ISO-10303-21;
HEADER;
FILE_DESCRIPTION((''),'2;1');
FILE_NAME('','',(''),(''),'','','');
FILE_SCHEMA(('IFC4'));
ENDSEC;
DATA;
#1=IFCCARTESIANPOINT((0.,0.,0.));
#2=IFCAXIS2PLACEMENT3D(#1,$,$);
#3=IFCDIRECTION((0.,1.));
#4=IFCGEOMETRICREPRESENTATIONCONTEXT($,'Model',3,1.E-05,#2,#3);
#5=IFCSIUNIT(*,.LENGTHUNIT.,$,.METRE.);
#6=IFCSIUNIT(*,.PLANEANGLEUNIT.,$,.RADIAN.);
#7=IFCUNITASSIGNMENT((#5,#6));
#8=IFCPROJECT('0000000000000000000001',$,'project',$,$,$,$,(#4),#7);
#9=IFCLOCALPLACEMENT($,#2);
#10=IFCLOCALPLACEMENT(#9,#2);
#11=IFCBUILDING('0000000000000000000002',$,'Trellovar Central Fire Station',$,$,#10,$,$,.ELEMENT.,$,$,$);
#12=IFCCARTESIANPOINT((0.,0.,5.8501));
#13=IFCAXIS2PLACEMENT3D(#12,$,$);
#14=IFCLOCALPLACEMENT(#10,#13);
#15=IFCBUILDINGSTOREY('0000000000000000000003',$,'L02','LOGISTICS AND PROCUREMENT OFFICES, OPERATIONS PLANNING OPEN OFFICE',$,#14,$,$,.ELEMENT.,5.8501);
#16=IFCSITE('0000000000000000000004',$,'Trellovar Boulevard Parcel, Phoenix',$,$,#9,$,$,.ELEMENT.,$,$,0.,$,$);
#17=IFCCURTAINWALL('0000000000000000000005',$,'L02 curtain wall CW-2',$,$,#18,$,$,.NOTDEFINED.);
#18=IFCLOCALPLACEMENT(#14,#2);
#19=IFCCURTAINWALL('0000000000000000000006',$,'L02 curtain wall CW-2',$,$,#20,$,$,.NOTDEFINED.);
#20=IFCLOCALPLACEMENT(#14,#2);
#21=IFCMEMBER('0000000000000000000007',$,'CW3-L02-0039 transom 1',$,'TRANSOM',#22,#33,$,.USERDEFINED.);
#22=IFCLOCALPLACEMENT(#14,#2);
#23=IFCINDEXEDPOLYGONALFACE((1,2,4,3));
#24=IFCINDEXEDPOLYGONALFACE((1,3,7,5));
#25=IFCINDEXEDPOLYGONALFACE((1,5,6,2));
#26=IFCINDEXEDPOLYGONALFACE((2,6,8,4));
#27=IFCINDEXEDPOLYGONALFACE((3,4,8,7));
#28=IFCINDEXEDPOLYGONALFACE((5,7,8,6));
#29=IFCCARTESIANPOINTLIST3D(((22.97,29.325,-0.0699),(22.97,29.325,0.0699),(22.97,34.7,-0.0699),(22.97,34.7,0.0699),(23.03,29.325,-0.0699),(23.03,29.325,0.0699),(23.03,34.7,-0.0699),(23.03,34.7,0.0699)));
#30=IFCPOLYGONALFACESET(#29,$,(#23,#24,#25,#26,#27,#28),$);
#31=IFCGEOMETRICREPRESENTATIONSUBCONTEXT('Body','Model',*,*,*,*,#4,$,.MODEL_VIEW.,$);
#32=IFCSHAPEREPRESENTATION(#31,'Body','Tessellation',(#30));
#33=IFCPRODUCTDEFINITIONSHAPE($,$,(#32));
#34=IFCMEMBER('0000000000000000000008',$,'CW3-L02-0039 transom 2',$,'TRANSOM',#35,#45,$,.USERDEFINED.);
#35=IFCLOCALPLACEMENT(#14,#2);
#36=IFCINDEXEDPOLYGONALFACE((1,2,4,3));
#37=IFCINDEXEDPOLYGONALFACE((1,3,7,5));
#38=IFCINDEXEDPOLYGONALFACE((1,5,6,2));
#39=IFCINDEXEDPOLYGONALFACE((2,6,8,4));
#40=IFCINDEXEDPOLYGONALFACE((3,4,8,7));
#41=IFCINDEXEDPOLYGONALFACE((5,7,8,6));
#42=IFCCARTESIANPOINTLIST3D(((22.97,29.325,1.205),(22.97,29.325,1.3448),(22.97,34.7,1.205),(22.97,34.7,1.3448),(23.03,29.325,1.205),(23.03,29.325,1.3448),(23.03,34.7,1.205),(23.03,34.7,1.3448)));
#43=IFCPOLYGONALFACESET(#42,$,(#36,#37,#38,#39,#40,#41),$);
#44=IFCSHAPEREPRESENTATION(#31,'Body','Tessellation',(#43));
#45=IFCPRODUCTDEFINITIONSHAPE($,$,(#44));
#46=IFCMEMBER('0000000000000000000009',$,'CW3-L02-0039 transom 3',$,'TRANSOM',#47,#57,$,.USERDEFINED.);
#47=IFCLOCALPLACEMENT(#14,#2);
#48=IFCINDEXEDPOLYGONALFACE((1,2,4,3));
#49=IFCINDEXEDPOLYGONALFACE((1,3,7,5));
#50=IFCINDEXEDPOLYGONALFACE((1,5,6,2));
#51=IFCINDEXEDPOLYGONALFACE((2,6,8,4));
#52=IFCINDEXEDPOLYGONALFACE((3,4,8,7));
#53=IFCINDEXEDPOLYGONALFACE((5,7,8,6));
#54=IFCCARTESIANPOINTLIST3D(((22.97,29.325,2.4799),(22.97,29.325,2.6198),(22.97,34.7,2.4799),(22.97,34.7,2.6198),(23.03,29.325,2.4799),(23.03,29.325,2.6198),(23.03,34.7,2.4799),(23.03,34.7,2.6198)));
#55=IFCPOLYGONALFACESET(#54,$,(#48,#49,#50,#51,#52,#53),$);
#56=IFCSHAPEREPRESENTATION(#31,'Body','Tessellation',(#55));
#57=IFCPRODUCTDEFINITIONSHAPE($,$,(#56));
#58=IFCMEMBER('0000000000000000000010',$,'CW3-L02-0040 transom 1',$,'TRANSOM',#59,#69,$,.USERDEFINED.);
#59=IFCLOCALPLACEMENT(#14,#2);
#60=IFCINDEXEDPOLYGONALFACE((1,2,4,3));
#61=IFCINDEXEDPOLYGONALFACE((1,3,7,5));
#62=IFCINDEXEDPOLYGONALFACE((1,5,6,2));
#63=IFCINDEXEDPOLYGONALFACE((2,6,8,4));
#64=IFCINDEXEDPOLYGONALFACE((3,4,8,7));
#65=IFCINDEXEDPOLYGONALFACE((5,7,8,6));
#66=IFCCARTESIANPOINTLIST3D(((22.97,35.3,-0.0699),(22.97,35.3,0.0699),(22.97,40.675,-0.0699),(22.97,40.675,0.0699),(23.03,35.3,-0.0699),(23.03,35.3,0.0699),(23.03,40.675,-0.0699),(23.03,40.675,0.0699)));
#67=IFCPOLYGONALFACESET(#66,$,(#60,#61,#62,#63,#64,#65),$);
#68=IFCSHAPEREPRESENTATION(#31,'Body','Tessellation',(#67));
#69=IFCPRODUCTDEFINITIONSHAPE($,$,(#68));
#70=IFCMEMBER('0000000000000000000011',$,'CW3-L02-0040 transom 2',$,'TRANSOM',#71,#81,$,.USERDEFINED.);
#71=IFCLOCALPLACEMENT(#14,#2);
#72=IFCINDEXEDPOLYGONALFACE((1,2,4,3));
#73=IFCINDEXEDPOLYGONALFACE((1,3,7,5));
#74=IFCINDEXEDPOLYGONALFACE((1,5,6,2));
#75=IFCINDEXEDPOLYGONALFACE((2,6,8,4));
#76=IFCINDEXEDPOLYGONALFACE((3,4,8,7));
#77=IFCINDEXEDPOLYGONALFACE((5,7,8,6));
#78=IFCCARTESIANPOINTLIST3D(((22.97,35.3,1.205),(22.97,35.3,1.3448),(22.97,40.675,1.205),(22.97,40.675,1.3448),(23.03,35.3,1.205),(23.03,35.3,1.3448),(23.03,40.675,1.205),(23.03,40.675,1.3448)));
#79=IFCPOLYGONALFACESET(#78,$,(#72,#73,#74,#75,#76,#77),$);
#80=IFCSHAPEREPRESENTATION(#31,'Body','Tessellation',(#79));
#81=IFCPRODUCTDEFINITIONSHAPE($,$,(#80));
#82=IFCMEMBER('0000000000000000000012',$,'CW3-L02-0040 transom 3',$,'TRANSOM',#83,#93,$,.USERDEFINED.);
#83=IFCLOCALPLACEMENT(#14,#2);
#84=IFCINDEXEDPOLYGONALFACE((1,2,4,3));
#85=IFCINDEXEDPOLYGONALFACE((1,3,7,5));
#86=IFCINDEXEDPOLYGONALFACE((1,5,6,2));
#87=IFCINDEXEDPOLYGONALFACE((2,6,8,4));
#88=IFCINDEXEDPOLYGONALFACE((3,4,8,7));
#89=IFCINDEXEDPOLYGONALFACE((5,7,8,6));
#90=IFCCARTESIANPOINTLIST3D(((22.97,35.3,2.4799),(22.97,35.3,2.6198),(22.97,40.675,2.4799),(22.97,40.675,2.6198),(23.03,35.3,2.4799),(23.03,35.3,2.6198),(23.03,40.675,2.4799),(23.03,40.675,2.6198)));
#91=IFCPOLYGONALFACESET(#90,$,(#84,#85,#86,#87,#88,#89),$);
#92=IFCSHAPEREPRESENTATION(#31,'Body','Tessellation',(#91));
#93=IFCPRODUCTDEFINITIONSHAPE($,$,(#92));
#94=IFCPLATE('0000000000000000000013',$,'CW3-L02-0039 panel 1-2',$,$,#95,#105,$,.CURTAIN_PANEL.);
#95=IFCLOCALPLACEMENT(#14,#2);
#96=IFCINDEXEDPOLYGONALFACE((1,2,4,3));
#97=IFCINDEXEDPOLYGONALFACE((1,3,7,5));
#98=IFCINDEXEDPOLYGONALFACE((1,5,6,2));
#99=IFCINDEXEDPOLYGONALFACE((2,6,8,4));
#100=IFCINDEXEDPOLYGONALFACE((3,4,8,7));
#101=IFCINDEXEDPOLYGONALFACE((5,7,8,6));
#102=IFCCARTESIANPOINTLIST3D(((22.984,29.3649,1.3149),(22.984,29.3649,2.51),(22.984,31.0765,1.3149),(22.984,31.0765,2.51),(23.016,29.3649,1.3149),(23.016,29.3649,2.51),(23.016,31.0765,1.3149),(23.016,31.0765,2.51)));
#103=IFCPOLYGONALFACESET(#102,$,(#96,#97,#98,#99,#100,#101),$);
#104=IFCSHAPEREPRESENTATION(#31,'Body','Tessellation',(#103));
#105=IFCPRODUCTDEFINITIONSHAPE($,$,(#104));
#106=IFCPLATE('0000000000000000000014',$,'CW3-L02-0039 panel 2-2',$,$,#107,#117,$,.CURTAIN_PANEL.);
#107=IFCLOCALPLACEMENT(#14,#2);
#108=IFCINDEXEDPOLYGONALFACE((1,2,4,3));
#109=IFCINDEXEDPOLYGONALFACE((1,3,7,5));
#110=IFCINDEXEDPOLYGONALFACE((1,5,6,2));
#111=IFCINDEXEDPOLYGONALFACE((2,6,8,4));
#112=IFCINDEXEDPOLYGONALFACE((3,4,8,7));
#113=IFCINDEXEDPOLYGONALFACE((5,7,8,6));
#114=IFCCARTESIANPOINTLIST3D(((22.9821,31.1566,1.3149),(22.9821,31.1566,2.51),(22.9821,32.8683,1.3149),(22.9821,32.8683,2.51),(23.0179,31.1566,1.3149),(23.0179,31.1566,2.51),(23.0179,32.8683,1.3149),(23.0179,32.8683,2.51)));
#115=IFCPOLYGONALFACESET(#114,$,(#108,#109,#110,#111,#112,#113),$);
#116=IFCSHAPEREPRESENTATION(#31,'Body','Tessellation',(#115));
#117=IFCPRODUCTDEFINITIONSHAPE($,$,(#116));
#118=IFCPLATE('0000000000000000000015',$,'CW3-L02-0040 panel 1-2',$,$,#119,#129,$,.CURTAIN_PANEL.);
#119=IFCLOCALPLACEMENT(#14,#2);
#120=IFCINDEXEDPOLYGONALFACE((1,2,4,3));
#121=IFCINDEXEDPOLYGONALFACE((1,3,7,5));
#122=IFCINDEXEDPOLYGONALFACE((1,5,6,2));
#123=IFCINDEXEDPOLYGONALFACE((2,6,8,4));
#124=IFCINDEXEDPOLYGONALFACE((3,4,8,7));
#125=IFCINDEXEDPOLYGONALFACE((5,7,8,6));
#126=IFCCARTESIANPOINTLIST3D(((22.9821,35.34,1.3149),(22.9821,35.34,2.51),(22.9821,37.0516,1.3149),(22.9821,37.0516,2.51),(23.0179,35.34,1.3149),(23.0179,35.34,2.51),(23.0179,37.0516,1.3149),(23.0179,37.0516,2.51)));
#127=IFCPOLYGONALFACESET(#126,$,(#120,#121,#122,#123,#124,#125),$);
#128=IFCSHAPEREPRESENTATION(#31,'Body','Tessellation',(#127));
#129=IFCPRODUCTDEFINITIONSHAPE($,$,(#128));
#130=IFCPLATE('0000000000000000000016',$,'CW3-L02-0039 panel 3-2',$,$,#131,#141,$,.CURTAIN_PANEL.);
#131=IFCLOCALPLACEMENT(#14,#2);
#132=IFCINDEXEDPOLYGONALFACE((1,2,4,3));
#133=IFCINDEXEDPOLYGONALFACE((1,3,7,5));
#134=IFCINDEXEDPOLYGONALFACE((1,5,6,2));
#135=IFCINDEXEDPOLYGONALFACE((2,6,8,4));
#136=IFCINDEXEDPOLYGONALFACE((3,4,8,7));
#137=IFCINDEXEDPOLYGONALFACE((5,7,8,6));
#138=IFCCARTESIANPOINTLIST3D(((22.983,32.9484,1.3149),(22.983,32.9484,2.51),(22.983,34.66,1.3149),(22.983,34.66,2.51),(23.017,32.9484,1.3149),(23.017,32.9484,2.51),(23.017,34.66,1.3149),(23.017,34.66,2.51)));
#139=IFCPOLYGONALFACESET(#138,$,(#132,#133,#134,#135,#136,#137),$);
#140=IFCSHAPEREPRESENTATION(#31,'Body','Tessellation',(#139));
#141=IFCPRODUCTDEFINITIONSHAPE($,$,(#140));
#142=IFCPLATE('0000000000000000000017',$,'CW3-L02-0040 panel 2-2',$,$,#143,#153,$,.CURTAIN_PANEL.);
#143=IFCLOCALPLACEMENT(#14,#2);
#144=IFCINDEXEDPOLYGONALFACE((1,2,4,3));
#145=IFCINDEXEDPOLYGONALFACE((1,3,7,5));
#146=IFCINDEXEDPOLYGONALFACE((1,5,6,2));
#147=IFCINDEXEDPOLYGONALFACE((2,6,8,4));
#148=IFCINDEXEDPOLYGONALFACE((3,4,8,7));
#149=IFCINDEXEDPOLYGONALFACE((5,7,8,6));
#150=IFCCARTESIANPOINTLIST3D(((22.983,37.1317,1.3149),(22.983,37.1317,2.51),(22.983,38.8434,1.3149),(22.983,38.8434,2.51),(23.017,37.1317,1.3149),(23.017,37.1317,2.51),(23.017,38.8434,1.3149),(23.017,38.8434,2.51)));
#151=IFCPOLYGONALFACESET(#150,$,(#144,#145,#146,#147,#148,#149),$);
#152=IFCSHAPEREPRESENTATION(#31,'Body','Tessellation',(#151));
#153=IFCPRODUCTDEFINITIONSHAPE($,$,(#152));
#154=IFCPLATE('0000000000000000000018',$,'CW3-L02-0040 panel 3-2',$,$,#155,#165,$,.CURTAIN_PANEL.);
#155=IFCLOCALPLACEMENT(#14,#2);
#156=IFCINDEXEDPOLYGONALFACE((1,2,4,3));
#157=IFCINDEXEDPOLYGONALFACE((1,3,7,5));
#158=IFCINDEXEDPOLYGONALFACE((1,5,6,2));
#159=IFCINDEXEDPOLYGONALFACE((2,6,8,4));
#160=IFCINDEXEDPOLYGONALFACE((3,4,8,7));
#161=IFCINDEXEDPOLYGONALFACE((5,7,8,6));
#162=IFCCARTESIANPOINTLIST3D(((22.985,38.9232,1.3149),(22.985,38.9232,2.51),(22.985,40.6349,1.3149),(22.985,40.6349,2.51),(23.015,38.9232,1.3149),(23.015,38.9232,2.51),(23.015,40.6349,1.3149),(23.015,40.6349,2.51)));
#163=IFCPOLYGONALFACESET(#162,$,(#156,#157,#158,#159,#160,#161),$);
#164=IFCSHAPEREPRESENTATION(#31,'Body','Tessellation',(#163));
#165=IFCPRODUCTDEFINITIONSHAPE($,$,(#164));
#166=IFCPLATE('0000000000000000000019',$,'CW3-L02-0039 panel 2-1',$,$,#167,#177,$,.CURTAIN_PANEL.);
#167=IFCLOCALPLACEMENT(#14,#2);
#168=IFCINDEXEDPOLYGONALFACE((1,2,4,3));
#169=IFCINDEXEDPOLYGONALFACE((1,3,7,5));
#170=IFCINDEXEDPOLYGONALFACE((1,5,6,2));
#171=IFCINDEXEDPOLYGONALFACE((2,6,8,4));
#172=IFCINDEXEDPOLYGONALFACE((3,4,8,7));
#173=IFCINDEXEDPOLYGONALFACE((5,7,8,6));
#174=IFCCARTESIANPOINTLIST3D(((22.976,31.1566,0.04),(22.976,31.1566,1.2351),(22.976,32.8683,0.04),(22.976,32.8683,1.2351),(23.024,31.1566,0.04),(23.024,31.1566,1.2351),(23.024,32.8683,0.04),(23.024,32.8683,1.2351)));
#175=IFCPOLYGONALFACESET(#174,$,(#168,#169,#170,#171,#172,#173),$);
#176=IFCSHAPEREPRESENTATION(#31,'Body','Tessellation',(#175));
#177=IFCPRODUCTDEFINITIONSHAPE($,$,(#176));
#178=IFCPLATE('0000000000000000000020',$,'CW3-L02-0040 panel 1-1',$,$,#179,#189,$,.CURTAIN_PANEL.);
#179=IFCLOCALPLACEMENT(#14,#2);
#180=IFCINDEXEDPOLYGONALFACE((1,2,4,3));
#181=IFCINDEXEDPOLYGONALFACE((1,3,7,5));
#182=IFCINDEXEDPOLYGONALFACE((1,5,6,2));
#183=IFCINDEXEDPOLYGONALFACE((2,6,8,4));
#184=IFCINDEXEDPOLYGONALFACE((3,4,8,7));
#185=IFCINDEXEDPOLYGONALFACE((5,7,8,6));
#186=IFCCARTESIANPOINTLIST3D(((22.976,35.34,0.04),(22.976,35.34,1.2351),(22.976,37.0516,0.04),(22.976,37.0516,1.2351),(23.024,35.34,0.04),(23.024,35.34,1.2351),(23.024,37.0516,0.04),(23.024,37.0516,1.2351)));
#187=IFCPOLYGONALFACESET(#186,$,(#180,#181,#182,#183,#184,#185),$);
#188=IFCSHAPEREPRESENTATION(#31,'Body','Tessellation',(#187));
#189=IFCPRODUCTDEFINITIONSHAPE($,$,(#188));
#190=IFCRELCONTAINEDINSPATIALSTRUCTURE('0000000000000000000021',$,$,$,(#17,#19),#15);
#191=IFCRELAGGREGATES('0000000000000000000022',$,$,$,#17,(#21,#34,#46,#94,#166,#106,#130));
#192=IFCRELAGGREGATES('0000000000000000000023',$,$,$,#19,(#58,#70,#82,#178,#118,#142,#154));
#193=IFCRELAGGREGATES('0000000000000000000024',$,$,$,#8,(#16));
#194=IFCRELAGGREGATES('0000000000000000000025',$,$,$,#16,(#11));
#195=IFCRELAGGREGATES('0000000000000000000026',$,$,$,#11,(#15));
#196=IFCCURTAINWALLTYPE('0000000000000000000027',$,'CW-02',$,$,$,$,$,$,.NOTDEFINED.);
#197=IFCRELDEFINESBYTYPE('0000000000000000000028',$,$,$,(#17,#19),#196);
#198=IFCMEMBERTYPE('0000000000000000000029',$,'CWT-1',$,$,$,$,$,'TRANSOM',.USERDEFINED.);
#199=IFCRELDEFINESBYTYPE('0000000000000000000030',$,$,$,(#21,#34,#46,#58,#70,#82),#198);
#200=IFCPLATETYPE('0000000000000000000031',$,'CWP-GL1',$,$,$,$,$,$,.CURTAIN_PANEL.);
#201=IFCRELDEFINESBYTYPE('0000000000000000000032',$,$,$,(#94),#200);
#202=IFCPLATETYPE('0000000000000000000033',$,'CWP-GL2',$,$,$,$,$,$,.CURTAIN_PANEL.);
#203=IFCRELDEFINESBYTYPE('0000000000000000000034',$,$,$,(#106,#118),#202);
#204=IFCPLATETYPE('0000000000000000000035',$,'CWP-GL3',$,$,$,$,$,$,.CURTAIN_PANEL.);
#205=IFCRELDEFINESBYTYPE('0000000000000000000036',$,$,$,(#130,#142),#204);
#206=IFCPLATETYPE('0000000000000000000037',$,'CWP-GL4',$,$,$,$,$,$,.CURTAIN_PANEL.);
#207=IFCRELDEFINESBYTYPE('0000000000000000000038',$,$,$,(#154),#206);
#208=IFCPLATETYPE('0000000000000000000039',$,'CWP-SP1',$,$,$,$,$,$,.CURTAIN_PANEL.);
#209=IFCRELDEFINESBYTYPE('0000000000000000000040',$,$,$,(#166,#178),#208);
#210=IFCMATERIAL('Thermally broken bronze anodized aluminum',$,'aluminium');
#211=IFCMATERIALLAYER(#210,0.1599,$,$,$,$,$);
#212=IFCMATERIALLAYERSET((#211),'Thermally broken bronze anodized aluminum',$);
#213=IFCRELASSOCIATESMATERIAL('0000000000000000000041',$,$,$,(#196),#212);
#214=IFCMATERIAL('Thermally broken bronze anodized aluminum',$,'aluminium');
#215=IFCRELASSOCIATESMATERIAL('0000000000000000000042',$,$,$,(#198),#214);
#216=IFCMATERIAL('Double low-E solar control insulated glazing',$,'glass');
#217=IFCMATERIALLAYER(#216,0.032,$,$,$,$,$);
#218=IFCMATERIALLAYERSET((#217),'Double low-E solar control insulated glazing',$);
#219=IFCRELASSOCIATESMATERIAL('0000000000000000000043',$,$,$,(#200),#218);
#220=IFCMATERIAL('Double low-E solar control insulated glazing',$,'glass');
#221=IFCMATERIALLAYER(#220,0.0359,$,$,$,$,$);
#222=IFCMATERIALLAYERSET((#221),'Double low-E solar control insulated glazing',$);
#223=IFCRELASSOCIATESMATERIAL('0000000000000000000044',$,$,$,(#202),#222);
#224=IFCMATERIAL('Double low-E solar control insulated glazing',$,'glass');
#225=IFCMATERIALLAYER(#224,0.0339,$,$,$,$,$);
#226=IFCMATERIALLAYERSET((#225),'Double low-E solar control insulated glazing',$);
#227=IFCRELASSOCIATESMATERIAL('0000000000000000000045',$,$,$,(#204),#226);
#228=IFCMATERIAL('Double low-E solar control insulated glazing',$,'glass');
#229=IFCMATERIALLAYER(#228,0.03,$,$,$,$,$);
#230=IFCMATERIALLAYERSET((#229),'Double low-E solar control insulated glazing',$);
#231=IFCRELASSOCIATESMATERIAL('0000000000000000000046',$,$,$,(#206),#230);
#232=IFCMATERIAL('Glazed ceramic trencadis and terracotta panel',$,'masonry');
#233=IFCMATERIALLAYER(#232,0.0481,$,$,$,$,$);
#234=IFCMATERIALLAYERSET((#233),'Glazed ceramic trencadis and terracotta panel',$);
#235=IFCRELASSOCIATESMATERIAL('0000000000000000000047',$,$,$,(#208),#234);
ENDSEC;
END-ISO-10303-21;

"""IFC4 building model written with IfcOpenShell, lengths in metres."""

from ifc_helpers import new_model, si_unit, direction, frame, origin, origin_2d, place, context, subcontext, project, spatial, rectangle, extrude, material, layer, layer_set, material_profile, profile_set, type_object, element, aggregate, save


model = new_model("IFC4")

# Units and contexts
model_context = context("Model", 3, precision=1e-05, world=origin(), true_north=direction((0.0, 1.0)))
body_context = subcontext(model_context, "Body", "Model", "MODEL_VIEW")
ifc_project = project(units=[si_unit("LENGTHUNIT", "METRE"), si_unit("PLANEANGLEUNIT", "RADIAN")], contexts=[model_context])

# Site, building, storey
site_placement = place(None, origin())
site = spatial("IfcSite", under=ifc_project, at=site_placement, Name="Trellovar Boulevard Parcel, Phoenix", CompositionType="ELEMENT", RefElevation=0.0)
building_placement = place(site_placement, origin())
building = spatial("IfcBuilding", under=site, at=building_placement, Name="Trellovar Central Fire Station", CompositionType="ELEMENT")
storey_placement = place(building_placement, frame((0.0, 0.0, 5.8501)))
storey = spatial("IfcBuildingStorey", under=building, at=storey_placement, Name="L02", Description="LOGISTICS AND PROCUREMENT OFFICES, OPERATIONS PLANNING OPEN OFFICE", CompositionType="ELEMENT", Elevation=5.8501)

# Curtain walls
ifc_material_1 = material(Name="Thermally broken bronze anodized aluminum", Category="aluminium")
ifc_layer_1 = layer(ifc_material_1, 0.1599)
ifc_layer_set_1 = layer_set([ifc_layer_1], Name="Thermally broken bronze anodized aluminum")
curtain_wall_type = type_object("IfcCurtainWallType", Name="CW-02", PredefinedType="NOTDEFINED", material=ifc_layer_set_1)
curtain_wall_1_placement = place(storey_placement, origin())
curtain_wall_1 = element("IfcCurtainWall", 1, at=curtain_wall_1_placement, inside=storey, type_object=curtain_wall_type, Name="L02 curtain wall CW-2", PredefinedType="NOTDEFINED")
curtain_wall_2_placement = place(storey_placement, origin())
curtain_wall_2 = element("IfcCurtainWall", 2, at=curtain_wall_2_placement, inside=storey, type_object=curtain_wall_type, Name="L02 curtain wall CW-2", PredefinedType="NOTDEFINED")

# Members
ifc_material_2 = material(Name="Thermally broken bronze anodized aluminum", Category="aluminium")
ifc_material_profile_1 = material_profile(ifc_material_2, rectangle(XDim=0.0601, YDim=0.1399, at=origin_2d()), Name="ALU60X140")
ifc_profile_set_1 = profile_set([ifc_material_profile_1], Name="Thermally broken bronze anodized aluminum")
member_type_1 = type_object("IfcMemberType", Name="CWT-1", ElementType="TRANSOM", PredefinedType="USERDEFINED", material=ifc_profile_set_1)
member_1_placement = place(storey_placement, frame((23.0, 29.325, 0.0), z_axis=(0.0, 1.0, 0.0), x_axis=(-1.0, 0.0, 0.0)))
member_1 = element("IfcMember", 3, at=member_1_placement, type_object=member_type_1, Name="CW3-L02-0039 transom 1", ObjectType="TRANSOM", PredefinedType="USERDEFINED", context=body_context, shape_type="SweptSolid", body=[
    extrude(rectangle(XDim=0.0601, YDim=0.1399, at=origin_2d()), origin(), (0.0, 0.0, 1.0), 5.375),
])
member_2_placement = place(storey_placement, frame((23.0, 29.325, 1.2749), z_axis=(0.0, 1.0, 0.0), x_axis=(-1.0, 0.0, 0.0)))
member_2 = element("IfcMember", 4, at=member_2_placement, type_object=member_type_1, Name="CW3-L02-0039 transom 2", ObjectType="TRANSOM", PredefinedType="USERDEFINED", context=body_context, shape_type="SweptSolid", body=[
    extrude(rectangle(XDim=0.0601, YDim=0.1399, at=origin_2d()), origin(), (0.0, 0.0, 1.0), 5.375),
])
member_3_placement = place(storey_placement, frame((23.0, 29.325, 2.5498), z_axis=(0.0, 1.0, 0.0), x_axis=(-1.0, 0.0, 0.0)))
member_3 = element("IfcMember", 5, at=member_3_placement, type_object=member_type_1, Name="CW3-L02-0039 transom 3", ObjectType="TRANSOM", PredefinedType="USERDEFINED", context=body_context, shape_type="SweptSolid", body=[
    extrude(rectangle(XDim=0.0601, YDim=0.1399, at=origin_2d()), origin(), (0.0, 0.0, 1.0), 5.375),
])
member_4_placement = place(storey_placement, frame((23.0, 35.3, 0.0), z_axis=(0.0, 1.0, 0.0), x_axis=(-1.0, 0.0, 0.0)))
member_4 = element("IfcMember", 6, at=member_4_placement, type_object=member_type_1, Name="CW3-L02-0040 transom 1", ObjectType="TRANSOM", PredefinedType="USERDEFINED", context=body_context, shape_type="SweptSolid", body=[
    extrude(rectangle(XDim=0.0601, YDim=0.1399, at=origin_2d()), origin(), (0.0, 0.0, 1.0), 5.375),
])
member_5_placement = place(storey_placement, frame((23.0, 35.3, 1.2749), z_axis=(0.0, 1.0, 0.0), x_axis=(-1.0, 0.0, 0.0)))
member_5 = element("IfcMember", 7, at=member_5_placement, type_object=member_type_1, Name="CW3-L02-0040 transom 2", ObjectType="TRANSOM", PredefinedType="USERDEFINED", context=body_context, shape_type="SweptSolid", body=[
    extrude(rectangle(XDim=0.0601, YDim=0.1399, at=origin_2d()), origin(), (0.0, 0.0, 1.0), 5.375),
])
member_6_placement = place(storey_placement, frame((23.0, 35.3, 2.5498), z_axis=(0.0, 1.0, 0.0), x_axis=(-1.0, 0.0, 0.0)))
member_6 = element("IfcMember", 8, at=member_6_placement, type_object=member_type_1, Name="CW3-L02-0040 transom 3", ObjectType="TRANSOM", PredefinedType="USERDEFINED", context=body_context, shape_type="SweptSolid", body=[
    extrude(rectangle(XDim=0.0601, YDim=0.1399, at=origin_2d()), origin(), (0.0, 0.0, 1.0), 5.375),
])

# Plates
ifc_material_3 = material(Name="Double low-E solar control insulated glazing", Category="glass")
ifc_layer_2 = layer(ifc_material_3, 0.032)
ifc_layer_set_2 = layer_set([ifc_layer_2], Name="Double low-E solar control insulated glazing")
plate_type_1 = type_object("IfcPlateType", Name="CWP-GL1", PredefinedType="CURTAIN_PANEL", material=ifc_layer_set_2)
plate_1_placement = place(storey_placement, frame((23.0, 30.2207, 1.3149), z_axis=(0.0, 0.0, 1.0), x_axis=(0.0, 1.0, 0.0)))
plate_1 = element("IfcPlate", 9, at=plate_1_placement, type_object=plate_type_1, Name="CW3-L02-0039 panel 1-2", PredefinedType="CURTAIN_PANEL", context=body_context, shape_type="SweptSolid", body=[
    extrude(rectangle(XDim=1.7117, YDim=0.032, at=origin_2d()), origin(), (0.0, 0.0, 1.0), 1.1951),
])
ifc_material_4 = material(Name="Double low-E solar control insulated glazing", Category="glass")
ifc_layer_3 = layer(ifc_material_4, 0.0359)
ifc_layer_set_3 = layer_set([ifc_layer_3], Name="Double low-E solar control insulated glazing")
plate_type_2 = type_object("IfcPlateType", Name="CWP-GL2", PredefinedType="CURTAIN_PANEL", material=ifc_layer_set_3)
plate_2_placement = place(storey_placement, frame((23.0, 32.0125, 1.3149), z_axis=(0.0, 0.0, 1.0), x_axis=(0.0, 1.0, 0.0)))
plate_2 = element("IfcPlate", 10, at=plate_2_placement, type_object=plate_type_2, Name="CW3-L02-0039 panel 2-2", PredefinedType="CURTAIN_PANEL", context=body_context, shape_type="SweptSolid", body=[
    extrude(rectangle(XDim=1.7117, YDim=0.0359, at=origin_2d()), origin(), (0.0, 0.0, 1.0), 1.1951),
])
plate_3_placement = place(storey_placement, frame((23.0, 36.1958, 1.3149), z_axis=(0.0, 0.0, 1.0), x_axis=(0.0, 1.0, 0.0)))
plate_3 = element("IfcPlate", 11, at=plate_3_placement, type_object=plate_type_2, Name="CW3-L02-0040 panel 1-2", PredefinedType="CURTAIN_PANEL", context=body_context, shape_type="SweptSolid", body=[
    extrude(rectangle(XDim=1.7117, YDim=0.0359, at=origin_2d()), origin(), (0.0, 0.0, 1.0), 1.1951),
])
ifc_material_5 = material(Name="Double low-E solar control insulated glazing", Category="glass")
ifc_layer_4 = layer(ifc_material_5, 0.0339)
ifc_layer_set_4 = layer_set([ifc_layer_4], Name="Double low-E solar control insulated glazing")
plate_type_3 = type_object("IfcPlateType", Name="CWP-GL3", PredefinedType="CURTAIN_PANEL", material=ifc_layer_set_4)
plate_4_placement = place(storey_placement, frame((23.0, 33.8042, 1.3149), z_axis=(0.0, 0.0, 1.0), x_axis=(0.0, 1.0, 0.0)))
plate_4 = element("IfcPlate", 12, at=plate_4_placement, type_object=plate_type_3, Name="CW3-L02-0039 panel 3-2", PredefinedType="CURTAIN_PANEL", context=body_context, shape_type="SweptSolid", body=[
    extrude(rectangle(XDim=1.7117, YDim=0.0339, at=origin_2d()), origin(), (0.0, 0.0, 1.0), 1.1951),
])
plate_5_placement = place(storey_placement, frame((23.0, 37.9875, 1.3149), z_axis=(0.0, 0.0, 1.0), x_axis=(0.0, 1.0, 0.0)))
plate_5 = element("IfcPlate", 13, at=plate_5_placement, type_object=plate_type_3, Name="CW3-L02-0040 panel 2-2", PredefinedType="CURTAIN_PANEL", context=body_context, shape_type="SweptSolid", body=[
    extrude(rectangle(XDim=1.7117, YDim=0.0339, at=origin_2d()), origin(), (0.0, 0.0, 1.0), 1.1951),
])
ifc_material_6 = material(Name="Double low-E solar control insulated glazing", Category="glass")
ifc_layer_5 = layer(ifc_material_6, 0.03)
ifc_layer_set_5 = layer_set([ifc_layer_5], Name="Double low-E solar control insulated glazing")
plate_type_4 = type_object("IfcPlateType", Name="CWP-GL4", PredefinedType="CURTAIN_PANEL", material=ifc_layer_set_5)
plate_6_placement = place(storey_placement, frame((23.0, 39.7791, 1.3149), z_axis=(0.0, 0.0, 1.0), x_axis=(0.0, 1.0, 0.0)))
plate_6 = element("IfcPlate", 14, at=plate_6_placement, type_object=plate_type_4, Name="CW3-L02-0040 panel 3-2", PredefinedType="CURTAIN_PANEL", context=body_context, shape_type="SweptSolid", body=[
    extrude(rectangle(XDim=1.7117, YDim=0.03, at=origin_2d()), origin(), (0.0, 0.0, 1.0), 1.1951),
])
ifc_material_7 = material(Name="Glazed ceramic trencadis and terracotta panel", Category="masonry")
ifc_layer_6 = layer(ifc_material_7, 0.0481)
ifc_layer_set_6 = layer_set([ifc_layer_6], Name="Glazed ceramic trencadis and terracotta panel")
plate_type_5 = type_object("IfcPlateType", Name="CWP-SP1", PredefinedType="CURTAIN_PANEL", material=ifc_layer_set_6)
plate_7_placement = place(storey_placement, frame((23.0, 32.0125, 0.04), z_axis=(0.0, 0.0, 1.0), x_axis=(0.0, 1.0, 0.0)))
plate_7 = element("IfcPlate", 15, at=plate_7_placement, type_object=plate_type_5, Name="CW3-L02-0039 panel 2-1", PredefinedType="CURTAIN_PANEL", context=body_context, shape_type="SweptSolid", body=[
    extrude(rectangle(XDim=1.7117, YDim=0.0481, at=origin_2d()), origin(), (0.0, 0.0, 1.0), 1.1951),
])
plate_8_placement = place(storey_placement, frame((23.0, 36.1958, 0.04), z_axis=(0.0, 0.0, 1.0), x_axis=(0.0, 1.0, 0.0)))
plate_8 = element("IfcPlate", 16, at=plate_8_placement, type_object=plate_type_5, Name="CW3-L02-0040 panel 1-1", PredefinedType="CURTAIN_PANEL", context=body_context, shape_type="SweptSolid", body=[
    extrude(rectangle(XDim=1.7117, YDim=0.0481, at=origin_2d()), origin(), (0.0, 0.0, 1.0), 1.1951),
])
aggregate(curtain_wall_1, [member_1, member_2, member_3, plate_1, plate_7, plate_2, plate_4])
aggregate(curtain_wall_2, [member_4, member_5, member_6, plate_8, plate_3, plate_5, plate_6])

save(model, "model.ifc")
